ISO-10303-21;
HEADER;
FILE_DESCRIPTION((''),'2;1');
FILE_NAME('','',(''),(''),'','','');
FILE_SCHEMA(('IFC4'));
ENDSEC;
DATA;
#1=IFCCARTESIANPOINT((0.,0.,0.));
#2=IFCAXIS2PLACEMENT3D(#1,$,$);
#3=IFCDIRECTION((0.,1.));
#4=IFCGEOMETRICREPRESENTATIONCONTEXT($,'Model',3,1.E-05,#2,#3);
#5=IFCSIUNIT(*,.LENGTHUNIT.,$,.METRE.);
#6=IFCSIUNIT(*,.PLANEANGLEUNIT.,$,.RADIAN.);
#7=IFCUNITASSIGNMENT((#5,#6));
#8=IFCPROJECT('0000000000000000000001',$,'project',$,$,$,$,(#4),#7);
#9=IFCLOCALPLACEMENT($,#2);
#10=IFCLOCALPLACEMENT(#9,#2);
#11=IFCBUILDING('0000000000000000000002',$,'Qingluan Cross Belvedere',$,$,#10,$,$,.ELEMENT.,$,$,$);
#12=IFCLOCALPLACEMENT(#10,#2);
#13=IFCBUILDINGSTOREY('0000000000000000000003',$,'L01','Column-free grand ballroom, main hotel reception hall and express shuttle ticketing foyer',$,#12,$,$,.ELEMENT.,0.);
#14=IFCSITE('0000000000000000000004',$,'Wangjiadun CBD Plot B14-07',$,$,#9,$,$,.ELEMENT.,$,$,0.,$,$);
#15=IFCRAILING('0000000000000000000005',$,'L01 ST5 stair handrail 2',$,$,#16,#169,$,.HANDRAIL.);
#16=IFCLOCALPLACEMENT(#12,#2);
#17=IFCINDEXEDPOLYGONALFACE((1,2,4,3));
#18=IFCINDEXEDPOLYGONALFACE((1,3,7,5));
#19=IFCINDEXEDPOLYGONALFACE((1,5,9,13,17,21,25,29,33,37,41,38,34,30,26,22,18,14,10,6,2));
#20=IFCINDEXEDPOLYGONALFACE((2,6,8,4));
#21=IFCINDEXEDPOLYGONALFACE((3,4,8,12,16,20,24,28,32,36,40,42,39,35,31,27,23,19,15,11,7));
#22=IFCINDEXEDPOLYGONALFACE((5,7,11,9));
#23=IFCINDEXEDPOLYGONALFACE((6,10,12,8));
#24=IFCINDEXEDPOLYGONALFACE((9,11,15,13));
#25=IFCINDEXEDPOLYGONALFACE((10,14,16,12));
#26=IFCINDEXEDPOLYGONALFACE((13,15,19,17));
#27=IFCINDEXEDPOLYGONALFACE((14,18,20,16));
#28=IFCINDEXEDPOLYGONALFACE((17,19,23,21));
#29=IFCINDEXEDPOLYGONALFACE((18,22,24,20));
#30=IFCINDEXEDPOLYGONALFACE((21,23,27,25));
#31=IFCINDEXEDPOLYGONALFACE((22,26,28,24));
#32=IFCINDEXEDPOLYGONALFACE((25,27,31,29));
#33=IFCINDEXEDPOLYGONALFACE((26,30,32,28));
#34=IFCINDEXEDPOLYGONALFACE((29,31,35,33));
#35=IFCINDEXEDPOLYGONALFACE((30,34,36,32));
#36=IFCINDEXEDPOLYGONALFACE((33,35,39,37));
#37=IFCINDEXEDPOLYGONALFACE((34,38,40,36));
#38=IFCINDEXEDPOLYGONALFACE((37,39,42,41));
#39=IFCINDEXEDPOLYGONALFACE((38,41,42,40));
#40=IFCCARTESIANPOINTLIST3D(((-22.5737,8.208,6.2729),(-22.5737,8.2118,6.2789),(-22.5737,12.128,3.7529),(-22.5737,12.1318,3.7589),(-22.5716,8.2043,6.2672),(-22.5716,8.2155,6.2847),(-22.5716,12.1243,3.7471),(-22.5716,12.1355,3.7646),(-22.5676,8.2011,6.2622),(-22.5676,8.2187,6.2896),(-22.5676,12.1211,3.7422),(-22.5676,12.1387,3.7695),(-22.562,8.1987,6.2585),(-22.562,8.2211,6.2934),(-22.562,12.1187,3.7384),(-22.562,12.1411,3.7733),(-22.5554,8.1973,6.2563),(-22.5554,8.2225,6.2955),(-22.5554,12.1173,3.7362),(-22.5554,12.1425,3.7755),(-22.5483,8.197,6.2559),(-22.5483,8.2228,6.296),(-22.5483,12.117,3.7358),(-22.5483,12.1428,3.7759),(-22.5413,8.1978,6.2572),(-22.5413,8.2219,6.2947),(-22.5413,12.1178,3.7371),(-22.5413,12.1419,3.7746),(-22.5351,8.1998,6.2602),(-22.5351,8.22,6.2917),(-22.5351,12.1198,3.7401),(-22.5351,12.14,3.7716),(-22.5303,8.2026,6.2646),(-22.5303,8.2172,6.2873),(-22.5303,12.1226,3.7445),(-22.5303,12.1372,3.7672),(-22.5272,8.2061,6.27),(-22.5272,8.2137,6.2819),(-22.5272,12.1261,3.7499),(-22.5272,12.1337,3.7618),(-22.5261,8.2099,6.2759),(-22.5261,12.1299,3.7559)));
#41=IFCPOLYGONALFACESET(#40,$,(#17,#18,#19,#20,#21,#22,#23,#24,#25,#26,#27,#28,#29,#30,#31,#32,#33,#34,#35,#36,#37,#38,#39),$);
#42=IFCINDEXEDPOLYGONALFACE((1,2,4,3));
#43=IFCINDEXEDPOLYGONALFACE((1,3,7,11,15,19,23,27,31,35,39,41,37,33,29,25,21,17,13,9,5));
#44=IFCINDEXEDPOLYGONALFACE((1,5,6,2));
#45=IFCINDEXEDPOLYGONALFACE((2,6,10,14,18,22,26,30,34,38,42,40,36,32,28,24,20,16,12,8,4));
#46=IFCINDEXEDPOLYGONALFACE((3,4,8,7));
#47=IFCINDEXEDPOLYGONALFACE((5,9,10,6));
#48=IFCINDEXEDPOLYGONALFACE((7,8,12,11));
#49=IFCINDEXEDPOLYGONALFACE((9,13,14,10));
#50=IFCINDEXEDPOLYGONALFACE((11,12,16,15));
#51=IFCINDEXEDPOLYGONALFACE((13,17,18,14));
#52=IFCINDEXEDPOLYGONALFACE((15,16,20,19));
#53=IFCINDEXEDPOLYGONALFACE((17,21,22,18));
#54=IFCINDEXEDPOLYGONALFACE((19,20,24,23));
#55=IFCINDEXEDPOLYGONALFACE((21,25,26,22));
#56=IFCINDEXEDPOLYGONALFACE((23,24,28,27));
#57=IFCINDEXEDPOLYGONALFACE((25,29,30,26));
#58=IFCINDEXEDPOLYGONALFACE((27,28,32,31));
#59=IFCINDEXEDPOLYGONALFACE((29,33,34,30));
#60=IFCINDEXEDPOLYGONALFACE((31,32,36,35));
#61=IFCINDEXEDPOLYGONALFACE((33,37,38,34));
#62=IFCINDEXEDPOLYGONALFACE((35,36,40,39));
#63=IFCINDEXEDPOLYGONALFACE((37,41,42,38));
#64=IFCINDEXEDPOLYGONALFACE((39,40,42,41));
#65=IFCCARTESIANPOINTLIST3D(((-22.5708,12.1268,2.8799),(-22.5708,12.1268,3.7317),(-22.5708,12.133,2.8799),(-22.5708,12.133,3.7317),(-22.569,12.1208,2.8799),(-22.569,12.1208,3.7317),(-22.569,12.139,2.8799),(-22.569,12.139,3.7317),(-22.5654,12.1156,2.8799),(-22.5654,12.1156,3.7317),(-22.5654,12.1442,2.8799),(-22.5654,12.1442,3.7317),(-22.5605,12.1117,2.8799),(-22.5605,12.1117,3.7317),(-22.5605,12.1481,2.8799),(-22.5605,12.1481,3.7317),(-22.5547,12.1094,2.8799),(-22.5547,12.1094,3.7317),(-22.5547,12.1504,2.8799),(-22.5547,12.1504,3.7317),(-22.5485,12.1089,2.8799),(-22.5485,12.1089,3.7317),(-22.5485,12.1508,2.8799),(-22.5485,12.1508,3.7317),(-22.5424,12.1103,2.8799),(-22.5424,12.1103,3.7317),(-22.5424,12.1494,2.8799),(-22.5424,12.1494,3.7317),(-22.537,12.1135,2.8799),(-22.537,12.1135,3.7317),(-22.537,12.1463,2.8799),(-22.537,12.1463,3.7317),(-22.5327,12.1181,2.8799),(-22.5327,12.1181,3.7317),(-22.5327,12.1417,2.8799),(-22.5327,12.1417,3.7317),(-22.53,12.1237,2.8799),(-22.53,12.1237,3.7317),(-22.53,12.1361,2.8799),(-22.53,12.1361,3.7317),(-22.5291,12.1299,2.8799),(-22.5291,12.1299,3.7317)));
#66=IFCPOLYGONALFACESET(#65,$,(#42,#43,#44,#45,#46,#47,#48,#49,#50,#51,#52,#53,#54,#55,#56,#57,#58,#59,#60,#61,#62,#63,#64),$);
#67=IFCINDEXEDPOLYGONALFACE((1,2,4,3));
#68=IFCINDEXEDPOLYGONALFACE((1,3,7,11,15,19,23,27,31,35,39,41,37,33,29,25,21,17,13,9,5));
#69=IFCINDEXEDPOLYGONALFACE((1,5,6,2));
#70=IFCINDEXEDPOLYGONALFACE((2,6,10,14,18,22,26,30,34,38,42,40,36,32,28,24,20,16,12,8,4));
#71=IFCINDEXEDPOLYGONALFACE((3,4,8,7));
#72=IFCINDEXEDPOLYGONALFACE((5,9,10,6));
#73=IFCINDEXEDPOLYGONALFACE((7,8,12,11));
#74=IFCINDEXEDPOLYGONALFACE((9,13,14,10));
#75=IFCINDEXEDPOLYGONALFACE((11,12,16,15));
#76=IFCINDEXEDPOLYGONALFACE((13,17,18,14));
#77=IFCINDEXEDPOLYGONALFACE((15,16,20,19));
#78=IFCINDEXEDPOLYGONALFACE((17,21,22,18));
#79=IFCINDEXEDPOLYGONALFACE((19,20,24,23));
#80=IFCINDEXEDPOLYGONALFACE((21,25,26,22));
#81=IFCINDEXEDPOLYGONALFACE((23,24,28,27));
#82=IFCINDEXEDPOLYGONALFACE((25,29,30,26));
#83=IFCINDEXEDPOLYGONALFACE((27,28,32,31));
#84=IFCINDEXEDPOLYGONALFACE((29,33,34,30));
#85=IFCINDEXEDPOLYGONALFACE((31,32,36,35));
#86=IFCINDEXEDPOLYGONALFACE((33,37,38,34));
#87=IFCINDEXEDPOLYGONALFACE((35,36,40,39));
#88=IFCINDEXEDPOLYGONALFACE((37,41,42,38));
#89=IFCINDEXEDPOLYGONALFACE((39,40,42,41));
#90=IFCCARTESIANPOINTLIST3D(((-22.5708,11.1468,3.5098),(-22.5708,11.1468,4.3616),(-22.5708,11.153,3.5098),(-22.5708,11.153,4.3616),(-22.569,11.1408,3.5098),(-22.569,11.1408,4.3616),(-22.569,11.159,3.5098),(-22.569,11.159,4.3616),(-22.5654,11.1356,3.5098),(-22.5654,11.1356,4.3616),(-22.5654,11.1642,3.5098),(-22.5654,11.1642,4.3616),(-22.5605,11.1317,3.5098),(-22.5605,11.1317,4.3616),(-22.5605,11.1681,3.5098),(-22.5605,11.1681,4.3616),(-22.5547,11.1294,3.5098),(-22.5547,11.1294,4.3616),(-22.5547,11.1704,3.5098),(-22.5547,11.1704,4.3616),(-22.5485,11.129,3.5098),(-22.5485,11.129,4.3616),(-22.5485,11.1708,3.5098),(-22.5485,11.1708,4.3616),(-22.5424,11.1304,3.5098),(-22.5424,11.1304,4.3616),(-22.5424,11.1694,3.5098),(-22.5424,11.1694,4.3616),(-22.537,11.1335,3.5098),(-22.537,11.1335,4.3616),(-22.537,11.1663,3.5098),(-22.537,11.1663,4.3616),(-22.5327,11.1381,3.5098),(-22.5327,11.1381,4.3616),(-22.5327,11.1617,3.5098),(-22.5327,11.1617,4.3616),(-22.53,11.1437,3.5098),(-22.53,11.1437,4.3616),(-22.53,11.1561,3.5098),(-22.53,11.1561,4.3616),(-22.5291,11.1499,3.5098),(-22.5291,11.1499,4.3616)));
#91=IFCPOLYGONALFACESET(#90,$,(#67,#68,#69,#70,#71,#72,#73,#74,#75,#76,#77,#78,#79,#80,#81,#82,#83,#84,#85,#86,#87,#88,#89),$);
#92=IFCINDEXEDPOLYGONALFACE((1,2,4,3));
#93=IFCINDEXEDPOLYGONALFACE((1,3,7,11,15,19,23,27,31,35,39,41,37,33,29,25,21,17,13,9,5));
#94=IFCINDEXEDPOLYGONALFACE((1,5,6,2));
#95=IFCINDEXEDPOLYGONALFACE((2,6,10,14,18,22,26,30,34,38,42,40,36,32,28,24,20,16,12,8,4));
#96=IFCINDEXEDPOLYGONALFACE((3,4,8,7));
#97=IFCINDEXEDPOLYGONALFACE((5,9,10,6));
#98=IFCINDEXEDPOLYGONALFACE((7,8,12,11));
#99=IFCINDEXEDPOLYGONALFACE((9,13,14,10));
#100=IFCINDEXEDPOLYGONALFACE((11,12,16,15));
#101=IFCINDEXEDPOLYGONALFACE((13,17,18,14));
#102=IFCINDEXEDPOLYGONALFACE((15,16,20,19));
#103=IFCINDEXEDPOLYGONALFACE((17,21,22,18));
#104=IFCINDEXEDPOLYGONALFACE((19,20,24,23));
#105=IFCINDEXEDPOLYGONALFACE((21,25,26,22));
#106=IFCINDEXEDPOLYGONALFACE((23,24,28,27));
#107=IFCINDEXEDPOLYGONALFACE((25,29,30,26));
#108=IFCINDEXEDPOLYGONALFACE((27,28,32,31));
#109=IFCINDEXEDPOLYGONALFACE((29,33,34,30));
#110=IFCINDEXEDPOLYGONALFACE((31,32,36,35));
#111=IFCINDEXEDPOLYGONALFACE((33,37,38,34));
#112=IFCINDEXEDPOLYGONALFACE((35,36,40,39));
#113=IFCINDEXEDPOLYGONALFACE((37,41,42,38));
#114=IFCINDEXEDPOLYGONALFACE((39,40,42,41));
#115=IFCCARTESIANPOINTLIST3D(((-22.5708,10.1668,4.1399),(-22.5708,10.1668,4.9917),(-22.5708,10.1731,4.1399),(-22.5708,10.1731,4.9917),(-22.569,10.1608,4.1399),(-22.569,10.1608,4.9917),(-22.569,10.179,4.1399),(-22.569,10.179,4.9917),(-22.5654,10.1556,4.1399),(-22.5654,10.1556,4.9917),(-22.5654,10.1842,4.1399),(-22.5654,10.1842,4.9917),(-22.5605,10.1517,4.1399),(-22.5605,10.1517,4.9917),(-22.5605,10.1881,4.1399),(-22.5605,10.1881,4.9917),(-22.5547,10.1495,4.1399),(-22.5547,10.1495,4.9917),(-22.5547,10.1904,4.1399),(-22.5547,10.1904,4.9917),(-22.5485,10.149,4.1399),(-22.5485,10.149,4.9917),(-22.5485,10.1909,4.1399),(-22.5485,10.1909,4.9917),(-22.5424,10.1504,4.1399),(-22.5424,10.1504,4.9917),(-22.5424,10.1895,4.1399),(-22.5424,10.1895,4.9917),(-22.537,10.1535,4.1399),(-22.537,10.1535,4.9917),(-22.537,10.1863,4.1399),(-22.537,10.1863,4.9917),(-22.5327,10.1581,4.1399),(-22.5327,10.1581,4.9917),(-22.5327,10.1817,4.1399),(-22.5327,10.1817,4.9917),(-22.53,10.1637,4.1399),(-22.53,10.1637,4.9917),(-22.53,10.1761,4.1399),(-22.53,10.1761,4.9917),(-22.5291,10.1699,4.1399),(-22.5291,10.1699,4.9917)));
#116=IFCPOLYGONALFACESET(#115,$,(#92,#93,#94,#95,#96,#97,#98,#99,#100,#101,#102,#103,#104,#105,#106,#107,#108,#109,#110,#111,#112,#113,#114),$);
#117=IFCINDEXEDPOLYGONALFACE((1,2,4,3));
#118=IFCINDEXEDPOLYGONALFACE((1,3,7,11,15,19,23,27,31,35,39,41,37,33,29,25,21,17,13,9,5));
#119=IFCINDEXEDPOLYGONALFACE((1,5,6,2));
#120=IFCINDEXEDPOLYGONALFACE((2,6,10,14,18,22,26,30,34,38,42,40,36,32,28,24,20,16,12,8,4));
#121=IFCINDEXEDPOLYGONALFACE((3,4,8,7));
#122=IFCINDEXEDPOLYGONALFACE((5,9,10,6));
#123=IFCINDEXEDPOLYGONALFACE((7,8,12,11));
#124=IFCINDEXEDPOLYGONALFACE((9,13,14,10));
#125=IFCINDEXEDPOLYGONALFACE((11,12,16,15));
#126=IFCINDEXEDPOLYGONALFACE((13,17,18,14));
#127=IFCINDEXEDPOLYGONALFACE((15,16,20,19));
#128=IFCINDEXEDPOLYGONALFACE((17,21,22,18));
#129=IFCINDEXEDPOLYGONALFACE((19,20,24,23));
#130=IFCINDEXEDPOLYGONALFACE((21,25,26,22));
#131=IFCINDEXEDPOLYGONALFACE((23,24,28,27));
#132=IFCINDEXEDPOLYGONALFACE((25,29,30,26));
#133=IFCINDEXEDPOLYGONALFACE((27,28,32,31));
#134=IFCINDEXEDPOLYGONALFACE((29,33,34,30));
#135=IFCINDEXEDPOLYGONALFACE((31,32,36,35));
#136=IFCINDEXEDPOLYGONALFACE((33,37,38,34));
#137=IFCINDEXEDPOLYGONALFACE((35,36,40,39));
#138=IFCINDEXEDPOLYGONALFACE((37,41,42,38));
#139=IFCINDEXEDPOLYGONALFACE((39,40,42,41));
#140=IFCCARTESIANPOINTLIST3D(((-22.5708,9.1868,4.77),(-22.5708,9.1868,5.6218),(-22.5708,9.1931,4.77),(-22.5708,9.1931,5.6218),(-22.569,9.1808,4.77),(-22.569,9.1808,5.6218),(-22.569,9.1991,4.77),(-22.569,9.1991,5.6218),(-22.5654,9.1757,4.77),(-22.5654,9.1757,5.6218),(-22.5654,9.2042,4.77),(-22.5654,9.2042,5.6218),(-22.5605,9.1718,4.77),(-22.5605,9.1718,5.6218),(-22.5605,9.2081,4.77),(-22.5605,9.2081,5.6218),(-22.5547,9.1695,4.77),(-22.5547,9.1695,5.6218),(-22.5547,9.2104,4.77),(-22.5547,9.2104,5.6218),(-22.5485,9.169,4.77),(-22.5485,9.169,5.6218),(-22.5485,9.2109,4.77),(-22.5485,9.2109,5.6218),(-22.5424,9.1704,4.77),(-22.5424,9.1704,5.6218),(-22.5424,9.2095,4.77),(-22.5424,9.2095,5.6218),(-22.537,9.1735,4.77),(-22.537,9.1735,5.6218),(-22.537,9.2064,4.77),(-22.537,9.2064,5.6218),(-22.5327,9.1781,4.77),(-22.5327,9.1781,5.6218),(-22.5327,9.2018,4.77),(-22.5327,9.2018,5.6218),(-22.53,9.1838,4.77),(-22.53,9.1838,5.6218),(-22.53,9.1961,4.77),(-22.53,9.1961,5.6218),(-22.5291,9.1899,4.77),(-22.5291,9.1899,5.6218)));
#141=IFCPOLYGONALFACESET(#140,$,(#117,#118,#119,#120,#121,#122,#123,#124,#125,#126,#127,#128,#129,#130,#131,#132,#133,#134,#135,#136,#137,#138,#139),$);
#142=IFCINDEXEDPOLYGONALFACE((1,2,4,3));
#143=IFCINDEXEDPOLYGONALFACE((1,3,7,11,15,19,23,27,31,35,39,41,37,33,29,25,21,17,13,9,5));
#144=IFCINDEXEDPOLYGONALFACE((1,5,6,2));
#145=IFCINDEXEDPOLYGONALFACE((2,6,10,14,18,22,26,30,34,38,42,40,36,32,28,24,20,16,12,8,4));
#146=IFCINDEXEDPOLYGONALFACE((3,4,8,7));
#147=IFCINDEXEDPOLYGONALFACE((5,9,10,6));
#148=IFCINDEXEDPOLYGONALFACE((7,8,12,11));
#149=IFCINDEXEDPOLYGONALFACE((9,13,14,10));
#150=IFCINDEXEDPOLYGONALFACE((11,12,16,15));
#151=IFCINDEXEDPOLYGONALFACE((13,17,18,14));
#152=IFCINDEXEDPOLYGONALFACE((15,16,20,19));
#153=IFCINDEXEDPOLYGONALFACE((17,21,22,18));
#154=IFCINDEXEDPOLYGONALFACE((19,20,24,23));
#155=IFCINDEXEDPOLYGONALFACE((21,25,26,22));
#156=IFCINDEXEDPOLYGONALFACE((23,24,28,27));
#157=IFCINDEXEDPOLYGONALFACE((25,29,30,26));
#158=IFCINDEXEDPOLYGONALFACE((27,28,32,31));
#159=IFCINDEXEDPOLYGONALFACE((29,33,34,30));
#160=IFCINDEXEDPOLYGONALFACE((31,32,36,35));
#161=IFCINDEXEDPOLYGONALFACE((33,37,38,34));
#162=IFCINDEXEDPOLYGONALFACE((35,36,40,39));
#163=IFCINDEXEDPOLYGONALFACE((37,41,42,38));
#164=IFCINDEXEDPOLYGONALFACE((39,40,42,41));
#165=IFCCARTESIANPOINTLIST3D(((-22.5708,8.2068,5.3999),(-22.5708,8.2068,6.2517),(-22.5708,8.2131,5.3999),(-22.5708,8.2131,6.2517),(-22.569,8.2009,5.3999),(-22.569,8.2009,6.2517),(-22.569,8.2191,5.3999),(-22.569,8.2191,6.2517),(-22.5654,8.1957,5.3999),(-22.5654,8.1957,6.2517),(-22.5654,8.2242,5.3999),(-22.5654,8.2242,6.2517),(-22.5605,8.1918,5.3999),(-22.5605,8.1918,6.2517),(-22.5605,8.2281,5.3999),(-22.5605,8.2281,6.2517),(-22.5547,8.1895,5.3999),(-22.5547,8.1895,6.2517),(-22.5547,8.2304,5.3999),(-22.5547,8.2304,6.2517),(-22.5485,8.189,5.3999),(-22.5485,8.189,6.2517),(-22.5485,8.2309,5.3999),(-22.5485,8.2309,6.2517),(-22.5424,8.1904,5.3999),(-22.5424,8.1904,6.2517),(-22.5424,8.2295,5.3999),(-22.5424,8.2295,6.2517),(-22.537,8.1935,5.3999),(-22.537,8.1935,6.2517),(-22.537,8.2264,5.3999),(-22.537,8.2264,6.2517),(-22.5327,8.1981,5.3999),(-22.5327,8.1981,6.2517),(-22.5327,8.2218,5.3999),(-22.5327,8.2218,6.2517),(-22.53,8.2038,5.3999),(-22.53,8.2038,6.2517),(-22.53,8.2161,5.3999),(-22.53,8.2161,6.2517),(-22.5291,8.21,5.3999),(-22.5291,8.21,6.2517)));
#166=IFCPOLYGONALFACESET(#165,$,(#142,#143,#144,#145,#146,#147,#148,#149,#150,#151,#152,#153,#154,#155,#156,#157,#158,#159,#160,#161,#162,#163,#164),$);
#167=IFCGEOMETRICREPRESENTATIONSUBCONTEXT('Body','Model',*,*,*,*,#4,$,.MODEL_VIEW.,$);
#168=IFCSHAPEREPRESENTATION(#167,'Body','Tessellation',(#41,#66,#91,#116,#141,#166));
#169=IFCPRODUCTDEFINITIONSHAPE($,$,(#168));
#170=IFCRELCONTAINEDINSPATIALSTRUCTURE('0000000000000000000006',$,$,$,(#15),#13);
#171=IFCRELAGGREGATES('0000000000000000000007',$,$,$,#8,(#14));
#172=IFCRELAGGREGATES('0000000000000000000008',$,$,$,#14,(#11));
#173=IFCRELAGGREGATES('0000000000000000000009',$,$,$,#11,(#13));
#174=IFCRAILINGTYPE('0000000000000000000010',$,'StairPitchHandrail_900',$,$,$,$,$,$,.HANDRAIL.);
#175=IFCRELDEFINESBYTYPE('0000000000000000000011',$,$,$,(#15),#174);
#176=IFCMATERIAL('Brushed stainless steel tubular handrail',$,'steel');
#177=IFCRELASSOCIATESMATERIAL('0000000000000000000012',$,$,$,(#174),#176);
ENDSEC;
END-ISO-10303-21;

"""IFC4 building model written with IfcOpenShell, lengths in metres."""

from ifc_helpers import new_model, si_unit, direction, frame, origin, origin_2d, place, context, subcontext, project, spatial, circle, extrude, material, type_object, element, save


model = new_model("IFC4")

# Units and contexts
model_context = context("Model", 3, precision=1e-05, world=origin(), true_north=direction((0.0, 1.0)))
body_context = subcontext(model_context, "Body", "Model", "MODEL_VIEW")
ifc_project = project(units=[si_unit("LENGTHUNIT", "METRE"), si_unit("PLANEANGLEUNIT", "RADIAN")], contexts=[model_context])

# Site, building, storey
site_placement = place(None, origin())
site = spatial("IfcSite", under=ifc_project, at=site_placement, Name="Wangjiadun CBD Plot B14-07", CompositionType="ELEMENT", RefElevation=0.0)
building_placement = place(site_placement, origin())
building = spatial("IfcBuilding", under=site, at=building_placement, Name="Qingluan Cross Belvedere", CompositionType="ELEMENT")
storey_placement = place(building_placement, origin())
storey = spatial("IfcBuildingStorey", under=building, at=storey_placement, Name="L01", Description="Column-free grand ballroom, main hotel reception hall and express shuttle ticketing foyer", CompositionType="ELEMENT", Elevation=0.0)

# Railing
ifc_material_1 = material(Name="Brushed stainless steel tubular handrail", Category="steel")
railing_type_1 = type_object("IfcRailingType", Name="StairPitchHandrail_900", PredefinedType="HANDRAIL", material=ifc_material_1)
railing_1_placement = place(storey_placement, frame((-22.55, 12.1299, 2.8799)))
element("IfcRailing", 1, at=railing_1_placement, inside=storey, type_object=railing_type_1, Name="L01 ST5 stair handrail 2", PredefinedType="HANDRAIL", context=body_context, shape_type="SweptSolid", body=[
    extrude(circle(Radius=0.0239, at=origin_2d()), frame((0.0, 0.0, 0.876), z_axis=(0.0, -0.841172, 0.540768), x_axis=(1.0, 0.0, 0.0)), (0.0, 0.0, 1.0), 4.6602),
    extrude(circle(Radius=0.021, at=origin_2d()), origin(), (0.0, 0.0, 1.0), 0.8518),
    extrude(circle(Radius=0.021, at=origin_2d()), frame((0.0, -0.98, 0.6299)), (0.0, 0.0, 1.0), 0.8518),
    extrude(circle(Radius=0.021, at=origin_2d()), frame((0.0, -1.96, 1.26)), (0.0, 0.0, 1.0), 0.8518),
    extrude(circle(Radius=0.021, at=origin_2d()), frame((0.0, -2.9399, 1.8901)), (0.0, 0.0, 1.0), 0.8518),
    extrude(circle(Radius=0.021, at=origin_2d()), frame((0.0, -3.9199, 2.52)), (0.0, 0.0, 1.0), 0.8518),
])

save(model, "model.ifc")
